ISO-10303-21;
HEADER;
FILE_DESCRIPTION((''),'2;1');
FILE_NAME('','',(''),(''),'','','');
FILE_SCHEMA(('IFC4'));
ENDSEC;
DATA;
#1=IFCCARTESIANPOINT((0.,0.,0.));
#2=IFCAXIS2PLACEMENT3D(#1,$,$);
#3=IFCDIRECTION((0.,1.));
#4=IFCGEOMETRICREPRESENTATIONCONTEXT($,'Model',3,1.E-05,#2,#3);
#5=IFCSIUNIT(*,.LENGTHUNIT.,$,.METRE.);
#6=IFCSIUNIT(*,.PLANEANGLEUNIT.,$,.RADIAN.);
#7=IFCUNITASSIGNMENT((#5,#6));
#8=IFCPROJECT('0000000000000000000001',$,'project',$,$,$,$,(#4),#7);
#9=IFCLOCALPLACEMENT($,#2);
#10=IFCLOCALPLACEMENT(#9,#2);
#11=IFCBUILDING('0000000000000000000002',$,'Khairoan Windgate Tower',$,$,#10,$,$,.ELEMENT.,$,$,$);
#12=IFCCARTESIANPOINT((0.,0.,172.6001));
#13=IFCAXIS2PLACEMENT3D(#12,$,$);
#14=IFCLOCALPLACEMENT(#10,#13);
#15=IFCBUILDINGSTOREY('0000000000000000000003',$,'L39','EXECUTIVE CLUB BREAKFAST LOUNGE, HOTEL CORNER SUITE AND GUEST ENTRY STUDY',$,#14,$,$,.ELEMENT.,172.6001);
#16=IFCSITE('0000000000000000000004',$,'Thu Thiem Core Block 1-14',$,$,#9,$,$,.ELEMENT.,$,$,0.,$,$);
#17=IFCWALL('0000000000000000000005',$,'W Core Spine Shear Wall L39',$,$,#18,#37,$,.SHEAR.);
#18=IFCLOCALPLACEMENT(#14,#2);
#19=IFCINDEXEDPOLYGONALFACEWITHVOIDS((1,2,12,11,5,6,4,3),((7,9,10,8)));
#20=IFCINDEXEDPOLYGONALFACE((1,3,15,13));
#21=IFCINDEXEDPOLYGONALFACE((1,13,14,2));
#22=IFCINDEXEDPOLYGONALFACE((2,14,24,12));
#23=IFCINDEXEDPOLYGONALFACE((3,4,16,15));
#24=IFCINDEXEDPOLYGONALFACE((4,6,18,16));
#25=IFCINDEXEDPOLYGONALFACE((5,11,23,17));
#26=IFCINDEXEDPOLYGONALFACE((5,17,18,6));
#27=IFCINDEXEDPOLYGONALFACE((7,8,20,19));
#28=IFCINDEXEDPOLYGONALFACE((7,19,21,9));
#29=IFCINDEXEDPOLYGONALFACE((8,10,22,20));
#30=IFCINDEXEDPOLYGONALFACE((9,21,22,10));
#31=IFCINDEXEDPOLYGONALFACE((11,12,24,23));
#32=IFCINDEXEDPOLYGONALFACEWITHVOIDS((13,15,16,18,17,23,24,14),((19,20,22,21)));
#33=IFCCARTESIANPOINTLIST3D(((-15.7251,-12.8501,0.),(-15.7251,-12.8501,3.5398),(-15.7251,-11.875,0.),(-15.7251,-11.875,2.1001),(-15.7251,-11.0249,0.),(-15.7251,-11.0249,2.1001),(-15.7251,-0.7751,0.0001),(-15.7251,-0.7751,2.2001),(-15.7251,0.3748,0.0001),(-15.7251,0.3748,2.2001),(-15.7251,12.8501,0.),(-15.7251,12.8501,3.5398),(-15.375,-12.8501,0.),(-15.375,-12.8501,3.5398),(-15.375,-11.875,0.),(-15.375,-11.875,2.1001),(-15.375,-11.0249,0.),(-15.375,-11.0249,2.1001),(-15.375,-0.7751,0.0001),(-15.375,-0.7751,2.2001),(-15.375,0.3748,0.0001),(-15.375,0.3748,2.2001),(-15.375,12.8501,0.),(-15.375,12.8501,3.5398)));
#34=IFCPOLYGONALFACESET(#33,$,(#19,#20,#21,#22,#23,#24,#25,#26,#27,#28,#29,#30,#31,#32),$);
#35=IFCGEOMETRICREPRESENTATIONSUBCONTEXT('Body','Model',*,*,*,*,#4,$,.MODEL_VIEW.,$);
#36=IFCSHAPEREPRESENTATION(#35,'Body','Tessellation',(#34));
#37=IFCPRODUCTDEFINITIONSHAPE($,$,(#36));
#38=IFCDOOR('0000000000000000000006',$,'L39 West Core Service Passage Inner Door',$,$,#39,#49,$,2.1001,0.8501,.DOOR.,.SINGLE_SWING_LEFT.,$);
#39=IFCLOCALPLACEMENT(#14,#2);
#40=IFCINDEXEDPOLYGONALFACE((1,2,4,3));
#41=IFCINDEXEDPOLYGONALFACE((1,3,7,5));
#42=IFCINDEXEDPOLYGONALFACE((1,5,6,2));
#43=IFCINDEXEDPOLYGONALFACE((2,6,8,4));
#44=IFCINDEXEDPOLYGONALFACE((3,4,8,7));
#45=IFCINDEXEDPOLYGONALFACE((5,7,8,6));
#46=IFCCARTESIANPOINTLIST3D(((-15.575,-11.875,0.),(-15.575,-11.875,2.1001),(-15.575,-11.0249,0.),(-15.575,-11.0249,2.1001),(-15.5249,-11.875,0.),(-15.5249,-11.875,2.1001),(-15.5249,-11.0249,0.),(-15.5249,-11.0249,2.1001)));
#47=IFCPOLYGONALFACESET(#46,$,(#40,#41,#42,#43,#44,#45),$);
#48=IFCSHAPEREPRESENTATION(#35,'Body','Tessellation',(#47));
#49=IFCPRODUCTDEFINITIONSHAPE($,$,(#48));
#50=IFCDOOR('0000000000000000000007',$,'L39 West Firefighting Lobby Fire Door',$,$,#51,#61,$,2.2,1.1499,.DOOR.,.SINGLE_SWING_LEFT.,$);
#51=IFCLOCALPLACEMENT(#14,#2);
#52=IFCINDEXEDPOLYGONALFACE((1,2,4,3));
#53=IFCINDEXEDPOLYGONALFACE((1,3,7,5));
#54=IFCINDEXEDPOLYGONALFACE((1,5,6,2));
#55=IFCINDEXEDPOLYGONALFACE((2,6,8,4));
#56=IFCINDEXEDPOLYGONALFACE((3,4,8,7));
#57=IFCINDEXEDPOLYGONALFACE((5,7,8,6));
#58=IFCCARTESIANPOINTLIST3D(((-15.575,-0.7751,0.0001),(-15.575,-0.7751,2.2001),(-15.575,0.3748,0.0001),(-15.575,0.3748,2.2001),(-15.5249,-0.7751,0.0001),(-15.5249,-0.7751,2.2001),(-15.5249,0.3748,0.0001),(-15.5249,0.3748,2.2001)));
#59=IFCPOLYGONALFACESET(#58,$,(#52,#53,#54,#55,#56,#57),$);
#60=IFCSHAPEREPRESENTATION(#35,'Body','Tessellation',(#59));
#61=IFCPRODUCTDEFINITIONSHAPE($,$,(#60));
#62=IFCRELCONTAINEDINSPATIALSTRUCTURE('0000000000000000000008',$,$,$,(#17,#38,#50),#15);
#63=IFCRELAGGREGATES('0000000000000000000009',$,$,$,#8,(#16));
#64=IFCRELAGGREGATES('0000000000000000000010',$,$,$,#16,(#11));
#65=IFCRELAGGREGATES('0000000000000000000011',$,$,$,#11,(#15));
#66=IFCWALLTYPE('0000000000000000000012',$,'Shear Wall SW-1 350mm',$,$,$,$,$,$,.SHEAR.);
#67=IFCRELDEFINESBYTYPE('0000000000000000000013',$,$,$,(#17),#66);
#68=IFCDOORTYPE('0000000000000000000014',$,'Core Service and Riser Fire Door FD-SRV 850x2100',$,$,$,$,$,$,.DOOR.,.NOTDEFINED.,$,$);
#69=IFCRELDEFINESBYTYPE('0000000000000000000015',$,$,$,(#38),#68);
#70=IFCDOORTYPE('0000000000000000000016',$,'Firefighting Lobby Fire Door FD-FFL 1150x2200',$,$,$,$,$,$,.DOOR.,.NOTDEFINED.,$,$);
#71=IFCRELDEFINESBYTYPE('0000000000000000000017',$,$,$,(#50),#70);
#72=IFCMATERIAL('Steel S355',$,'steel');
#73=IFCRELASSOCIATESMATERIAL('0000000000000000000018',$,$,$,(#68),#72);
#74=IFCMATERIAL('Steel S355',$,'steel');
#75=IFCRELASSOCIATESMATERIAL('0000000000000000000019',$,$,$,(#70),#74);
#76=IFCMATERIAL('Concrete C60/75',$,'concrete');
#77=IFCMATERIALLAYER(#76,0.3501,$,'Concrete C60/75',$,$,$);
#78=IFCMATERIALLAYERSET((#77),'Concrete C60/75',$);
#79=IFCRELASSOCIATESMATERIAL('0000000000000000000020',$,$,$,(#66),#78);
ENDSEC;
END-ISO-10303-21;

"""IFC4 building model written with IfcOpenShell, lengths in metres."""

from ifc_helpers import new_model, si_unit, direction, frame, frame_2d, origin, place, context, subcontext, project, spatial, rectangle, extrude, material, layer, layer_set, type_object, element, fill, save


model = new_model("IFC4")

# Units and contexts
model_context = context("Model", 3, precision=1e-05, world=origin(), true_north=direction((0.0, 1.0)))
body_context = subcontext(model_context, "Body", "Model", "MODEL_VIEW")
ifc_project = project(units=[si_unit("LENGTHUNIT", "METRE"), si_unit("PLANEANGLEUNIT", "RADIAN")], contexts=[model_context])

# Site, building, storey
site_placement = place(None, origin())
site = spatial("IfcSite", under=ifc_project, at=site_placement, Name="Thu Thiem Core Block 1-14", CompositionType="ELEMENT", RefElevation=0.0)
building_placement = place(site_placement, origin())
building = spatial("IfcBuilding", under=site, at=building_placement, Name="Khairoan Windgate Tower", CompositionType="ELEMENT")
storey_placement = place(building_placement, frame((0.0, 0.0, 172.6001)))
storey = spatial("IfcBuildingStorey", under=building, at=storey_placement, Name="L39", Description="EXECUTIVE CLUB BREAKFAST LOUNGE, HOTEL CORNER SUITE AND GUEST ENTRY STUDY", CompositionType="ELEMENT", Elevation=172.6001)

# Wall, openings, doors
ifc_material_1 = material(Name="Steel S355", Category="steel")
door_type_1 = type_object("IfcDoorType", Name="Core Service and Riser Fire Door FD-SRV 850x2100", OperationType="NOTDEFINED", PredefinedType="DOOR", material=ifc_material_1)
ifc_material_2 = material(Name="Steel S355", Category="steel")
door_type_2 = type_object("IfcDoorType", Name="Firefighting Lobby Fire Door FD-FFL 1150x2200", OperationType="NOTDEFINED", PredefinedType="DOOR", material=ifc_material_2)
ifc_material_3 = material(Name="Concrete C60/75", Category="concrete")
ifc_layer_1 = layer(ifc_material_3, 0.3501, Name="Concrete C60/75")
ifc_layer_set_1 = layer_set([ifc_layer_1], Name="Concrete C60/75")
wall_type_1 = type_object("IfcWallType", Name="Shear Wall SW-1 350mm", PredefinedType="SHEAR", material=ifc_layer_set_1)
wall_1_placement = place(storey_placement, frame((-15.55, -12.8501, 0.0), z_axis=(0.0, 0.0, 1.0), x_axis=(0.0, 1.0, 0.0)))
wall_1 = element("IfcWall", 1, at=wall_1_placement, inside=storey, type_object=wall_type_1, Name="W Core Spine Shear Wall L39", PredefinedType="SHEAR", context=body_context, shape_type="SweptSolid", body=[
    extrude(rectangle(XDim=25.7002, YDim=0.3501, at=frame_2d((12.8501, 0.0))), origin(), (0.0, 0.0, 1.0), 3.5398),
])
opening_1_placement = place(wall_1_placement, frame((12.075, 0.0, 0.0)))
opening_1 = element("IfcOpeningElement", 2, at=opening_1_placement, cuts=wall_1, PredefinedType="OPENING", context=body_context, shape_type="SweptSolid", body=[
    extrude(rectangle(XDim=1.1499, YDim=2.2, at=frame_2d((0.575, 1.1001))), frame((0.0, 0.1851, 0.0), z_axis=(0.0, -1.0, 0.0), x_axis=(1.0, 0.0, 0.0)), (0.0, 0.0, 1.0), 0.3701),
])
opening_2_placement = place(wall_1_placement, frame((0.9751, 0.0, 0.0)))
opening_2 = element("IfcOpeningElement", 3, at=opening_2_placement, cuts=wall_1, PredefinedType="OPENING", context=body_context, shape_type="SweptSolid", body=[
    extrude(rectangle(XDim=0.8501, YDim=2.1001, at=frame_2d((0.425, 1.05))), frame((0.0, 0.1851, 0.0), z_axis=(0.0, -1.0, 0.0), x_axis=(1.0, 0.0, 0.0)), (0.0, 0.0, 1.0), 0.3701),
])
door_1_placement = place(opening_2_placement, origin())
door_1 = element("IfcDoor", 4, at=door_1_placement, inside=storey, type_object=door_type_1, Name="L39 West Core Service Passage Inner Door", OperationType="SINGLE_SWING_LEFT", OverallHeight=2.1001, OverallWidth=0.8501, PredefinedType="DOOR", context=body_context, shape_type="SweptSolid", body=[
    extrude(rectangle(XDim=0.8501, YDim=2.1001, at=frame_2d((0.425, 1.05))), frame((0.0, 0.0249, 0.0), z_axis=(0.0, -1.0, 0.0), x_axis=(1.0, 0.0, 0.0)), (0.0, 0.0, 1.0), 0.05),
])
fill(opening_2, door_1)
door_2_placement = place(opening_1_placement, origin())
door_2 = element("IfcDoor", 5, at=door_2_placement, inside=storey, type_object=door_type_2, Name="L39 West Firefighting Lobby Fire Door", OperationType="SINGLE_SWING_LEFT", OverallHeight=2.2, OverallWidth=1.1499, PredefinedType="DOOR", context=body_context, shape_type="SweptSolid", body=[
    extrude(rectangle(XDim=1.1499, YDim=2.2, at=frame_2d((0.575, 1.1001))), frame((0.0, 0.0249, 0.0), z_axis=(0.0, -1.0, 0.0), x_axis=(1.0, 0.0, 0.0)), (0.0, 0.0, 1.0), 0.05),
])
fill(opening_1, door_2)

save(model, "model.ifc")
